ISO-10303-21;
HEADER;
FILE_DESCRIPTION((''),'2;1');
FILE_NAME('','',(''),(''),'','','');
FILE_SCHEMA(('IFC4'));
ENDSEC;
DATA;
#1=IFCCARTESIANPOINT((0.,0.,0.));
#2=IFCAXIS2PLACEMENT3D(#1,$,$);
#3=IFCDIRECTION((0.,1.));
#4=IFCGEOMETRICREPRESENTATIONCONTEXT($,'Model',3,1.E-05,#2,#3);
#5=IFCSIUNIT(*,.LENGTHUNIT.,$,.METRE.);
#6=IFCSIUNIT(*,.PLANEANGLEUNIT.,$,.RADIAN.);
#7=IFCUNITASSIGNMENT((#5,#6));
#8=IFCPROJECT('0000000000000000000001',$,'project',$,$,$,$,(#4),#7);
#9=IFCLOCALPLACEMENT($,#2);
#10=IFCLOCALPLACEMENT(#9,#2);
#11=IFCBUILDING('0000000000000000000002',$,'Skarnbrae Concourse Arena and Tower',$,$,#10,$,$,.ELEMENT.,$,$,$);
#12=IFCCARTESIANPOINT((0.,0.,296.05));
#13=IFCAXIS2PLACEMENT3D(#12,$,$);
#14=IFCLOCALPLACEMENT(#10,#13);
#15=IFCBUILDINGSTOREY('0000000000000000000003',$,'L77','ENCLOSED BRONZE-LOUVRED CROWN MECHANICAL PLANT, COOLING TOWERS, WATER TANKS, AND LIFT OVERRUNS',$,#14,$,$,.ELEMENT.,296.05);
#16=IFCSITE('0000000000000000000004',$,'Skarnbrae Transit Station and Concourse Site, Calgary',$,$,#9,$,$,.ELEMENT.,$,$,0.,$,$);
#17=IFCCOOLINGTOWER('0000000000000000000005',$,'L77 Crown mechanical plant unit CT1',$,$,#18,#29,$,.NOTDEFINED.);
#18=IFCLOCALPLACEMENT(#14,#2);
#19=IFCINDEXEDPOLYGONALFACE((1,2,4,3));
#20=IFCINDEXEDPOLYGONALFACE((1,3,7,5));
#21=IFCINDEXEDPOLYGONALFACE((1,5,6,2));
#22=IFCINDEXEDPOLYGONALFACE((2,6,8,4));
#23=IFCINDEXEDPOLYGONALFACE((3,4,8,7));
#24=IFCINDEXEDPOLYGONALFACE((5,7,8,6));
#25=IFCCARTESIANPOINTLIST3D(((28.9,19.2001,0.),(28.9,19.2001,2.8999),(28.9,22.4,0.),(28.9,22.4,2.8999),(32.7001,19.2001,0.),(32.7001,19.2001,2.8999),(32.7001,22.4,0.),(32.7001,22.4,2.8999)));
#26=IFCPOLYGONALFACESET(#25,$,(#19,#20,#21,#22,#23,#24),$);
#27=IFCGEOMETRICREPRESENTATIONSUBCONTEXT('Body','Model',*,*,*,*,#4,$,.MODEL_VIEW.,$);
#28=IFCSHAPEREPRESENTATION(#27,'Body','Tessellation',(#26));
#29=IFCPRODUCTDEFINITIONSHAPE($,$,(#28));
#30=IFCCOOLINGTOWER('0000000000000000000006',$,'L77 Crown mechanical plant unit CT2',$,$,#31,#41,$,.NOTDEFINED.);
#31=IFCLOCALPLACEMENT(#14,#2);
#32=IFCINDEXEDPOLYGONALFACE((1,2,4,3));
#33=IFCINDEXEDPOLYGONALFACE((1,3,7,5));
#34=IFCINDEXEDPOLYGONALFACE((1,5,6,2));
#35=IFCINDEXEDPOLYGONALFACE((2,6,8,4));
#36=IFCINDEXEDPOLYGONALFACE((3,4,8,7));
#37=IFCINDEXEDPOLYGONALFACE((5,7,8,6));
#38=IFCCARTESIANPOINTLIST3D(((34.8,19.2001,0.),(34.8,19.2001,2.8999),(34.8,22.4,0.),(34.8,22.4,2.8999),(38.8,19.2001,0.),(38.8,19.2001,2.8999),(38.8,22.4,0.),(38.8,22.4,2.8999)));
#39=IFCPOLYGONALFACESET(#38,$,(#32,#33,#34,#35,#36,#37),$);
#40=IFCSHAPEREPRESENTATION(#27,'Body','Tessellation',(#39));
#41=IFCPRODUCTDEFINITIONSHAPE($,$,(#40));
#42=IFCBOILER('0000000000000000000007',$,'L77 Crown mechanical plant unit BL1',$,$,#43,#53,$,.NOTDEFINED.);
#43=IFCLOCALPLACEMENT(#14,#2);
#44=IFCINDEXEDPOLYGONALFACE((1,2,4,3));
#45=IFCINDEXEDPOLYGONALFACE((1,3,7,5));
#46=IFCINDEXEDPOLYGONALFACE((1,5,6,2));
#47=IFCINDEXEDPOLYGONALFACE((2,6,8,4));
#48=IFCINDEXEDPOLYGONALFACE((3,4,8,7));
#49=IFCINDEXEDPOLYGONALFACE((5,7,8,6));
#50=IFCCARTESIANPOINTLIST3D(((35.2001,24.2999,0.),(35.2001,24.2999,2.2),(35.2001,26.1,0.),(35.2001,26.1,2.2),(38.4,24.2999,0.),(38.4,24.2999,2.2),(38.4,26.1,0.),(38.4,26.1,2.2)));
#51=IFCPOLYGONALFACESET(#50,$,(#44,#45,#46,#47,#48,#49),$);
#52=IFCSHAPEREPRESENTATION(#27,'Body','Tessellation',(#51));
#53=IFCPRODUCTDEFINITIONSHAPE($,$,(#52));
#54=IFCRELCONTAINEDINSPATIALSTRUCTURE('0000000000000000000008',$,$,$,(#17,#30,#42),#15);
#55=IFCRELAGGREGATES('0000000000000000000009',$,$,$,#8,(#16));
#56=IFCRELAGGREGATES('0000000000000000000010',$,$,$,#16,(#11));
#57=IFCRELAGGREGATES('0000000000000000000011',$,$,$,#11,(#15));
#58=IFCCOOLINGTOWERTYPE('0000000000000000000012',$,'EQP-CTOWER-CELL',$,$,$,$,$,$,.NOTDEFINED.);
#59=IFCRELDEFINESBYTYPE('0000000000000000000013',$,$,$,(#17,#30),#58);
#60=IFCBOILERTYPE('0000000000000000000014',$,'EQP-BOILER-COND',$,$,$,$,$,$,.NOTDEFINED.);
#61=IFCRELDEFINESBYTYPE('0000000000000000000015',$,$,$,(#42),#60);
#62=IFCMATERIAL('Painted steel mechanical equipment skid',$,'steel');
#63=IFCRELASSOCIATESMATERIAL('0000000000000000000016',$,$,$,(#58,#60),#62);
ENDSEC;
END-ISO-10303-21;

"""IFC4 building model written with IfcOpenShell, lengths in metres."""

from ifc_helpers import new_model, si_unit, direction, frame, origin, origin_2d, place, context, subcontext, project, spatial, rectangle, extrude, source, transform, mapped, material, type_object, element, save


model = new_model("IFC4")

# Units and contexts
model_context = context("Model", 3, precision=1e-05, world=origin(), true_north=direction((0.0, 1.0)))
body_context = subcontext(model_context, "Body", "Model", "MODEL_VIEW")
ifc_project = project(units=[si_unit("LENGTHUNIT", "METRE"), si_unit("PLANEANGLEUNIT", "RADIAN")], contexts=[model_context])

# Site, building, storey
site_placement = place(None, origin())
site = spatial("IfcSite", under=ifc_project, at=site_placement, Name="Skarnbrae Transit Station and Concourse Site, Calgary", CompositionType="ELEMENT", RefElevation=0.0)
building_placement = place(site_placement, origin())
building = spatial("IfcBuilding", under=site, at=building_placement, Name="Skarnbrae Concourse Arena and Tower", CompositionType="ELEMENT")
storey_placement = place(building_placement, frame((0.0, 0.0, 296.05)))
storey = spatial("IfcBuildingStorey", under=building, at=storey_placement, Name="L77", Description="ENCLOSED BRONZE-LOUVRED CROWN MECHANICAL PLANT, COOLING TOWERS, WATER TANKS, AND LIFT OVERRUNS", CompositionType="ELEMENT", Elevation=296.05)

# Cooling towers
ifc_material_1 = material(Name="Painted steel mechanical equipment skid", Category="steel")
cooling_tower_type = type_object("IfcCoolingTowerType", Name="EQP-CTOWER-CELL", PredefinedType="NOTDEFINED", material=ifc_material_1)
shared_shape_1 = source(origin(), body_context, "Body", "SweptSolid", [
    extrude(rectangle(XDim=3.8, YDim=3.2, at=origin_2d()), origin(), (0.0, 0.0, 1.0), 2.8999),
])
cooling_tower_1_placement = place(storey_placement, frame((30.8, 20.8, 0.0), z_axis=(0.0, 0.0, 1.0), x_axis=(1.0, 0.0, 0.0)))
element("IfcCoolingTower", 1, at=cooling_tower_1_placement, inside=storey, type_object=cooling_tower_type, Name="L77 Crown mechanical plant unit CT1", PredefinedType="NOTDEFINED", context=body_context, shape_type="MappedRepresentation", body=[
    mapped(shared_shape_1, transform((0.0, 0.0, 0.0))),
])
shared_shape_2 = source(origin(), body_context, "Body", "SweptSolid", [
    extrude(rectangle(XDim=4.0, YDim=3.2, at=origin_2d()), origin(), (0.0, 0.0, 1.0), 2.8999),
])
cooling_tower_2_placement = place(storey_placement, frame((36.8, 20.8, 0.0), z_axis=(0.0, 0.0, 1.0), x_axis=(1.0, 0.0, 0.0)))
element("IfcCoolingTower", 2, at=cooling_tower_2_placement, inside=storey, type_object=cooling_tower_type, Name="L77 Crown mechanical plant unit CT2", PredefinedType="NOTDEFINED", context=body_context, shape_type="MappedRepresentation", body=[
    mapped(shared_shape_2, transform((0.0, 0.0, 0.0))),
])

# Boiler
boiler_type = type_object("IfcBoilerType", Name="EQP-BOILER-COND", PredefinedType="NOTDEFINED", material=ifc_material_1)
shared_shape_3 = source(origin(), body_context, "Body", "SweptSolid", [
    extrude(rectangle(XDim=3.2, YDim=1.8, at=origin_2d()), origin(), (0.0, 0.0, 1.0), 2.2),
])
boiler_placement = place(storey_placement, frame((36.8, 25.2, 0.0), z_axis=(0.0, 0.0, 1.0), x_axis=(1.0, 0.0, 0.0)))
element("IfcBoiler", 3, at=boiler_placement, inside=storey, type_object=boiler_type, Name="L77 Crown mechanical plant unit BL1", PredefinedType="NOTDEFINED", context=body_context, shape_type="MappedRepresentation", body=[
    mapped(shared_shape_3, transform((0.0, 0.0, 0.0))),
])

save(model, "model.ifc")
